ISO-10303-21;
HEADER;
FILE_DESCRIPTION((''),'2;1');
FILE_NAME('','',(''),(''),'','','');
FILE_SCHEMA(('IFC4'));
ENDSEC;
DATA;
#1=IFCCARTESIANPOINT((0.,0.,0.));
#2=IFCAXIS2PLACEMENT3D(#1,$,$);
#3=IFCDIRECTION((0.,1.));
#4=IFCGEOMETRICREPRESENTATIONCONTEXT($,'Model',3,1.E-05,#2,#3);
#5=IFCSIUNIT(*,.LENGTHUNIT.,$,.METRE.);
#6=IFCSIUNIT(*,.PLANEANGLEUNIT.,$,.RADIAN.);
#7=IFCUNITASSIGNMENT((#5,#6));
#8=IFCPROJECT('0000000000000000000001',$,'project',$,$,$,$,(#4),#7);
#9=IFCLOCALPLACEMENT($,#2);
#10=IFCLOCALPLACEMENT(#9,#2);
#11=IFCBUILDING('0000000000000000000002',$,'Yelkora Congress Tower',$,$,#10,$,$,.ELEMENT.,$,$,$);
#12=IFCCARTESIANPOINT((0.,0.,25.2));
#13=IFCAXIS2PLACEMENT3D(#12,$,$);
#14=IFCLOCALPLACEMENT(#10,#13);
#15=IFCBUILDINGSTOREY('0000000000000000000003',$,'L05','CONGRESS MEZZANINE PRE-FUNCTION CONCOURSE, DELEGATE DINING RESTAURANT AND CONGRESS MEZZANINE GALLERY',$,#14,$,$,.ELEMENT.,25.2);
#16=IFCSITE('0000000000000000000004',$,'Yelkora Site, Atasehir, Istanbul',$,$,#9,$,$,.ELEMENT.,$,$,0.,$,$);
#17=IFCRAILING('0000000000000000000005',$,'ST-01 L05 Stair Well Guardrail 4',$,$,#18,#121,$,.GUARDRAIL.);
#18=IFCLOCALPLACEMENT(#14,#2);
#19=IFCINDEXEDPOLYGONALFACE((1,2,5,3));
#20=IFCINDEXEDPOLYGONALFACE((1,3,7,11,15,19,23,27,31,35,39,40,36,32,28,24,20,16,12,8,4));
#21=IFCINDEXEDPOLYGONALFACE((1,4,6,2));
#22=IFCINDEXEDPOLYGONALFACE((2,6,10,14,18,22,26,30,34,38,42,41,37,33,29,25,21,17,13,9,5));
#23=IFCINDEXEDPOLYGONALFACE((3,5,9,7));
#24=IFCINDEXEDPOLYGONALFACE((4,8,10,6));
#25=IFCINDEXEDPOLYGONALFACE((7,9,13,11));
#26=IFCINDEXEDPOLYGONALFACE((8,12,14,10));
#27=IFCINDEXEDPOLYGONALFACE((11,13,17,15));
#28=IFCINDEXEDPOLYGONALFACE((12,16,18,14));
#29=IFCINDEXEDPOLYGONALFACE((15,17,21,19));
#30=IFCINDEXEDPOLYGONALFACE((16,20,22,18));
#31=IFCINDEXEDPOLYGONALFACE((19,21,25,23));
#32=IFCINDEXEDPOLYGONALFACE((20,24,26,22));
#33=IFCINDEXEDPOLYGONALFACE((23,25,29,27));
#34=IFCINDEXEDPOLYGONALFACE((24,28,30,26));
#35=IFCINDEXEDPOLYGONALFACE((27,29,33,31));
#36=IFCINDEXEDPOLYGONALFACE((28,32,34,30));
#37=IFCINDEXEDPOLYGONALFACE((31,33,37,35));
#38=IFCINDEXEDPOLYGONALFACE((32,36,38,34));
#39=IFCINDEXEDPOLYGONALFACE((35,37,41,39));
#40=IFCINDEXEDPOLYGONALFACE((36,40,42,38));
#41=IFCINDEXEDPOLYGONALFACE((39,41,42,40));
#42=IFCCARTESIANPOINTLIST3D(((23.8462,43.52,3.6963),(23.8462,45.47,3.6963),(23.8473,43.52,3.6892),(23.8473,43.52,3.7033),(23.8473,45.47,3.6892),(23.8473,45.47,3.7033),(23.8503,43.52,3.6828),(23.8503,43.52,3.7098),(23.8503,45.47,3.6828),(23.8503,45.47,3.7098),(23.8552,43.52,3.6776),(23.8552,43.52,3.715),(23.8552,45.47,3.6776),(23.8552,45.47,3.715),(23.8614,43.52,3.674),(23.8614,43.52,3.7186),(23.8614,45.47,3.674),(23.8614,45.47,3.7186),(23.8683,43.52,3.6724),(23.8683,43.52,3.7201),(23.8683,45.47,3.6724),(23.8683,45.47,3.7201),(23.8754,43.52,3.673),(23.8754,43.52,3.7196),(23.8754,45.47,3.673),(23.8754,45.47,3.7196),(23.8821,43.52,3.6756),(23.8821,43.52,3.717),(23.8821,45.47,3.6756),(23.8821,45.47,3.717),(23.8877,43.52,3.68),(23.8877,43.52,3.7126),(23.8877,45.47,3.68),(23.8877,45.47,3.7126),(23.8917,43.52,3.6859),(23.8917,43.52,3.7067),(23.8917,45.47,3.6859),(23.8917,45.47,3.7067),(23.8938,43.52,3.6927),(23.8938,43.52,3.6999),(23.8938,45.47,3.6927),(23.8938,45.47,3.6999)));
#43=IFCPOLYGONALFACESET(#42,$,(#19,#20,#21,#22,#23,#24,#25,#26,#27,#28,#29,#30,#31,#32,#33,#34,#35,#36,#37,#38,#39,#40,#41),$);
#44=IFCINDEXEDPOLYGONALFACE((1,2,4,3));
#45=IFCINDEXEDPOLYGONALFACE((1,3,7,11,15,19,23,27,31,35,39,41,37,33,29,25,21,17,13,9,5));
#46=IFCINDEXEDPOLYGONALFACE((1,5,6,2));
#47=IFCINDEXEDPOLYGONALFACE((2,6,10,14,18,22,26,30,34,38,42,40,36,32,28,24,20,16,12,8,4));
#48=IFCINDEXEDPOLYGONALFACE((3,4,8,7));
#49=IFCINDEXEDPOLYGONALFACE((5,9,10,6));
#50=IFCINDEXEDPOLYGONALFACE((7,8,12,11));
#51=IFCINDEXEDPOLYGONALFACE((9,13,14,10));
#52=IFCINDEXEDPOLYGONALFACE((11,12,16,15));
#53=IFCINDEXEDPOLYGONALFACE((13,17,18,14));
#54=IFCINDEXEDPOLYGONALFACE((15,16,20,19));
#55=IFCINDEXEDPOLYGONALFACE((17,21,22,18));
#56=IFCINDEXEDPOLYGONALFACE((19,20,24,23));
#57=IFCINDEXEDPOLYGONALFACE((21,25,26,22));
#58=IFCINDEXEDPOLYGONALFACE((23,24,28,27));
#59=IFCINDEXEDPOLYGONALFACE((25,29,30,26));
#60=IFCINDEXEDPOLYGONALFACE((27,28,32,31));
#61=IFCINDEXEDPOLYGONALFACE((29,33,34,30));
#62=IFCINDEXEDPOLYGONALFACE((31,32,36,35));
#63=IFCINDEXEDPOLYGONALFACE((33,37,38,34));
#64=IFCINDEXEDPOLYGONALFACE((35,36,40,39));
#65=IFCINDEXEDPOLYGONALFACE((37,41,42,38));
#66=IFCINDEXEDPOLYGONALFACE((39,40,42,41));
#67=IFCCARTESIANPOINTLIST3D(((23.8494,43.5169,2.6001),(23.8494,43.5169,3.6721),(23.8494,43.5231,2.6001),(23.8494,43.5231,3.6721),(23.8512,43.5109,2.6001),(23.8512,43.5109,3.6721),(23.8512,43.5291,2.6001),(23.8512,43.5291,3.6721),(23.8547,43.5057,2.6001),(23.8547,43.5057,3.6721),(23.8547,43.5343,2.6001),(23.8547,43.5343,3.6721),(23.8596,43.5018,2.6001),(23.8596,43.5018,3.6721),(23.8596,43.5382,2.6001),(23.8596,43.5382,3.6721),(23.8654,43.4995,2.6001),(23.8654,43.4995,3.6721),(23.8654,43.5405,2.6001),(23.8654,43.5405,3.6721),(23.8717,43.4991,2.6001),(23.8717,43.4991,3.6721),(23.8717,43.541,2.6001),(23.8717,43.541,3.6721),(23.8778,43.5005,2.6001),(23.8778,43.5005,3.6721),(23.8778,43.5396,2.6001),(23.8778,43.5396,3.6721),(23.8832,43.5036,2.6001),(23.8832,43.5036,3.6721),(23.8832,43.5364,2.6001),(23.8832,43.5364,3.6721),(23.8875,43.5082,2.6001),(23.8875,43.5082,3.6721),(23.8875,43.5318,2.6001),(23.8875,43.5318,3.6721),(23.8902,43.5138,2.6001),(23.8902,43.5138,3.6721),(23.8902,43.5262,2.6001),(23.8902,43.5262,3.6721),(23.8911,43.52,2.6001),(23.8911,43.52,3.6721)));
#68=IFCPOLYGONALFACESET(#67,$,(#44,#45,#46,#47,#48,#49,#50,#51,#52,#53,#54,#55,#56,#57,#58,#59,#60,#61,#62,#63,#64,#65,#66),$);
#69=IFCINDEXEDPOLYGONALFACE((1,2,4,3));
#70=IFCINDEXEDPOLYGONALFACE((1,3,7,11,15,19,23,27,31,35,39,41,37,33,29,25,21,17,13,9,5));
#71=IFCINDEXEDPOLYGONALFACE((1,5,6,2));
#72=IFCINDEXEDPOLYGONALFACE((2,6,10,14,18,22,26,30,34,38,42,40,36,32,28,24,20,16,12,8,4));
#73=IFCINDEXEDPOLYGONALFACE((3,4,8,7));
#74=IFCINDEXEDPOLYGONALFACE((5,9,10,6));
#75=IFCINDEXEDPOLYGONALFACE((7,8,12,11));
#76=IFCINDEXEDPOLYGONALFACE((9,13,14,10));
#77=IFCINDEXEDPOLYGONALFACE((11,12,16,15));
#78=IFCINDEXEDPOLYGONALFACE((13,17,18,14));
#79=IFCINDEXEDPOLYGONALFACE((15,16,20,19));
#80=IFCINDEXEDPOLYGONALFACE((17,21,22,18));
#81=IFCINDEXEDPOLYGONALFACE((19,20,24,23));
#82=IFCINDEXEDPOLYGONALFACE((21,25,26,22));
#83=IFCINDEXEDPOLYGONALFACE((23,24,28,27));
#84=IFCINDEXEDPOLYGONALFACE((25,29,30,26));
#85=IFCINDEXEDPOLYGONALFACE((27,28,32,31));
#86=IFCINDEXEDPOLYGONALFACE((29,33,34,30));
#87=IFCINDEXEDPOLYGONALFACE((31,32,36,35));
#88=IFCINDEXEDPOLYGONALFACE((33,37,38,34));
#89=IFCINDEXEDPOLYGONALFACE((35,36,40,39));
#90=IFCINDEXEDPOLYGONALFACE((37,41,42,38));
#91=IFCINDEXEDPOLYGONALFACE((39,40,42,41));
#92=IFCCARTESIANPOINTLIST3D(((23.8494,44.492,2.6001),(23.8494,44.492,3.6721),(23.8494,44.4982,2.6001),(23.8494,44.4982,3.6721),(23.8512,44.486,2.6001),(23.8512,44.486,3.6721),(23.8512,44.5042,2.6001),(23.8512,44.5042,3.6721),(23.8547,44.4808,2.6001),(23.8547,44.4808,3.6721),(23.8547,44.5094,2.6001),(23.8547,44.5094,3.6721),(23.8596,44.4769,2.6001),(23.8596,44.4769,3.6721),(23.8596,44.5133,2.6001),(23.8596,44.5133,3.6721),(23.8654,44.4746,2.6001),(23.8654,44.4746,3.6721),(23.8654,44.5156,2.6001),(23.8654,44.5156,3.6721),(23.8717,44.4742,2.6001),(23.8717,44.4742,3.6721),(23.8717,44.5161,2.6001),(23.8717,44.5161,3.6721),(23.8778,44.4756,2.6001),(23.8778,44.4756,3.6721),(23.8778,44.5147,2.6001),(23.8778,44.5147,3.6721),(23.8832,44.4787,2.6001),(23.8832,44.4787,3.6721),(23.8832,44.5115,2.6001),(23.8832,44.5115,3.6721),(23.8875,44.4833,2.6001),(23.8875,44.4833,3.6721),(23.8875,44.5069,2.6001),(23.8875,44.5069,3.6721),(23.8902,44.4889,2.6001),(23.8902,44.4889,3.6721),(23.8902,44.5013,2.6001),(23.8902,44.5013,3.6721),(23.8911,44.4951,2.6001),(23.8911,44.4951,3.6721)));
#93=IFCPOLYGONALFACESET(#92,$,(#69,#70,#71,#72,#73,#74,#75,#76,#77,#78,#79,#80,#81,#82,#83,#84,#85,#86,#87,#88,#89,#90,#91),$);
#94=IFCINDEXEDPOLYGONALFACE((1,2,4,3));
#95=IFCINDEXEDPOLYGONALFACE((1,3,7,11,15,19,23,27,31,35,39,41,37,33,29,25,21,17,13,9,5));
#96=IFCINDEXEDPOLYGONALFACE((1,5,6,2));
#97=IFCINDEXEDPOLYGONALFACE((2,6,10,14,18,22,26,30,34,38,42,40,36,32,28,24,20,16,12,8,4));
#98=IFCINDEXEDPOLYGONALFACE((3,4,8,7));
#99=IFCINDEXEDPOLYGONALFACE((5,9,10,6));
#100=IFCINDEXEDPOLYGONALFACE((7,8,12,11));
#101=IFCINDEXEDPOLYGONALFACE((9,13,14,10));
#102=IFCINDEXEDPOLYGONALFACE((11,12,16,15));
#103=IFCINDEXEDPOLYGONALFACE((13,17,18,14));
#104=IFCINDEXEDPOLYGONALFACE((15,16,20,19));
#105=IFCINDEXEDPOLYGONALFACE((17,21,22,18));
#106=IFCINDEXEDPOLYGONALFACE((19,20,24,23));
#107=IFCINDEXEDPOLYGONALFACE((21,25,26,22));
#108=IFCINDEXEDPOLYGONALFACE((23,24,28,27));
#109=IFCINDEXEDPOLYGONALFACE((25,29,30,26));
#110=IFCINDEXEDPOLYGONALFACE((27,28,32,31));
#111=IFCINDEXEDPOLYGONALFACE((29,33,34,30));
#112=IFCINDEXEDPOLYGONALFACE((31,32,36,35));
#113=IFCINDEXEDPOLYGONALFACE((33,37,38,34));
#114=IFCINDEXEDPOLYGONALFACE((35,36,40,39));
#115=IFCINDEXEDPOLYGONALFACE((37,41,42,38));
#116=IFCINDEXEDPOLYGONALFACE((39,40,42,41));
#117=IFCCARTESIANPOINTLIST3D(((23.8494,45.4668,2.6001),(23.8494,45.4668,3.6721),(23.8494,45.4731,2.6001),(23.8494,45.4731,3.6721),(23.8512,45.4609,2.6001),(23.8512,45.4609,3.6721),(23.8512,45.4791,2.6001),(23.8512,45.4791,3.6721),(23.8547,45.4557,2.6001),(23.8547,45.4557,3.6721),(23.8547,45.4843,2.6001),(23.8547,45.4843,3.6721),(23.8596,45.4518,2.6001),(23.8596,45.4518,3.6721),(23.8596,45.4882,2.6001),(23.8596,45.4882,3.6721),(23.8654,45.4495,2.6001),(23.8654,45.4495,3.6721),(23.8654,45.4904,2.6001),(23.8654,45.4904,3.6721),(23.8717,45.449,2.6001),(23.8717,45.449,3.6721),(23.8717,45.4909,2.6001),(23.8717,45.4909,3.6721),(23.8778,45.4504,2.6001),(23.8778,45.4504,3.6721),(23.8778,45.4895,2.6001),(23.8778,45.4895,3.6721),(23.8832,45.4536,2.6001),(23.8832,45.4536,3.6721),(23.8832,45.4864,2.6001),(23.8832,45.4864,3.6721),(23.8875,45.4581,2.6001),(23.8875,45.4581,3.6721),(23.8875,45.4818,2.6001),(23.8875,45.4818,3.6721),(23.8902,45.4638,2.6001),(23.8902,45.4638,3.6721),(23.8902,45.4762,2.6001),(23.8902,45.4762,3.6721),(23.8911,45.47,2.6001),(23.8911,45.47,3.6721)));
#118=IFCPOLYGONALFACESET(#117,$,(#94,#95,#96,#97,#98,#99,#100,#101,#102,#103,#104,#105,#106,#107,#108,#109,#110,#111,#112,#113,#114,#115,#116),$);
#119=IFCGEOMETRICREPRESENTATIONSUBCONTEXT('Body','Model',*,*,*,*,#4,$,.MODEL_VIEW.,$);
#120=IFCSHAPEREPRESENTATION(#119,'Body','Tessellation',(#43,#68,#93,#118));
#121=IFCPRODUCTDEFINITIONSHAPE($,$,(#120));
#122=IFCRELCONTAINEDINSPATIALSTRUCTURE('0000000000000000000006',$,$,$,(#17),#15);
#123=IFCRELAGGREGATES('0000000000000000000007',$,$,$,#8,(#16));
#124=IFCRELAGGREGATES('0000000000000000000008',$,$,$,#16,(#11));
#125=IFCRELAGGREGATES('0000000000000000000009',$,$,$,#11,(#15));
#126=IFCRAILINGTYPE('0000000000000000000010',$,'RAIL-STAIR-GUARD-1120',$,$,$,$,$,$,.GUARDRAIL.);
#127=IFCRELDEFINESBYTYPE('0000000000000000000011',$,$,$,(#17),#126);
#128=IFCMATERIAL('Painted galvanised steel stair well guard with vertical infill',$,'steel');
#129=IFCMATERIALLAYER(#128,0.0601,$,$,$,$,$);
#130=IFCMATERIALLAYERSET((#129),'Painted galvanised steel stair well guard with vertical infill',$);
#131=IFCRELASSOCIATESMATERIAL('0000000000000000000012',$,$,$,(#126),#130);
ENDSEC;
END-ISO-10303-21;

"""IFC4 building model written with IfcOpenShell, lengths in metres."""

from ifc_helpers import new_model, si_unit, direction, frame, origin, origin_2d, place, context, subcontext, project, spatial, circle, extrude, material, layer, layer_set, type_object, element, save


model = new_model("IFC4")

# Units and contexts
model_context = context("Model", 3, precision=1e-05, world=origin(), true_north=direction((0.0, 1.0)))
body_context = subcontext(model_context, "Body", "Model", "MODEL_VIEW")
ifc_project = project(units=[si_unit("LENGTHUNIT", "METRE"), si_unit("PLANEANGLEUNIT", "RADIAN")], contexts=[model_context])

# Site, building, storey
site_placement = place(None, origin())
site = spatial("IfcSite", under=ifc_project, at=site_placement, Name="Yelkora Site, Atasehir, Istanbul", CompositionType="ELEMENT", RefElevation=0.0)
building_placement = place(site_placement, origin())
building = spatial("IfcBuilding", under=site, at=building_placement, Name="Yelkora Congress Tower", CompositionType="ELEMENT")
storey_placement = place(building_placement, frame((0.0, 0.0, 25.2)))
storey = spatial("IfcBuildingStorey", under=building, at=storey_placement, Name="L05", Description="CONGRESS MEZZANINE PRE-FUNCTION CONCOURSE, DELEGATE DINING RESTAURANT AND CONGRESS MEZZANINE GALLERY", CompositionType="ELEMENT", Elevation=25.2)

# Railing
ifc_material_1 = material(Name="Painted galvanised steel stair well guard with vertical infill", Category="steel")
ifc_layer_1 = layer(ifc_material_1, 0.0601)
ifc_layer_set_1 = layer_set([ifc_layer_1], Name="Painted galvanised steel stair well guard with vertical infill")
railing_type_1 = type_object("IfcRailingType", Name="RAIL-STAIR-GUARD-1120", PredefinedType="GUARDRAIL", material=ifc_layer_set_1)
for number, where, name in (
    (1, (23.8701, 43.52, 2.6001), "ST-01 L05 Stair Well Guardrail 4"),
):
    element("IfcRailing", number, at=place(storey_placement, frame(where)), inside=storey, type_object=railing_type_1, Name=name, PredefinedType="GUARDRAIL", context=body_context, shape_type="SweptSolid", body=[
        extrude(circle(Radius=0.0239, at=origin_2d()), frame((0.0, 0.0, 1.0962), z_axis=(0.0, 1.0, 0.0), x_axis=(-1.0, 0.0, 0.0)), (0.0, 0.0, 1.0), 1.95),
        extrude(circle(Radius=0.021, at=origin_2d()), origin(), (0.0, 0.0, 1.0), 1.072),
        extrude(circle(Radius=0.021, at=origin_2d()), frame((0.0, 0.9751, 0.0)), (0.0, 0.0, 1.0), 1.072),
        extrude(circle(Radius=0.021, at=origin_2d()), frame((0.0, 1.95, 0.0)), (0.0, 0.0, 1.0), 1.072),
    ])

save(model, "model.ifc")
